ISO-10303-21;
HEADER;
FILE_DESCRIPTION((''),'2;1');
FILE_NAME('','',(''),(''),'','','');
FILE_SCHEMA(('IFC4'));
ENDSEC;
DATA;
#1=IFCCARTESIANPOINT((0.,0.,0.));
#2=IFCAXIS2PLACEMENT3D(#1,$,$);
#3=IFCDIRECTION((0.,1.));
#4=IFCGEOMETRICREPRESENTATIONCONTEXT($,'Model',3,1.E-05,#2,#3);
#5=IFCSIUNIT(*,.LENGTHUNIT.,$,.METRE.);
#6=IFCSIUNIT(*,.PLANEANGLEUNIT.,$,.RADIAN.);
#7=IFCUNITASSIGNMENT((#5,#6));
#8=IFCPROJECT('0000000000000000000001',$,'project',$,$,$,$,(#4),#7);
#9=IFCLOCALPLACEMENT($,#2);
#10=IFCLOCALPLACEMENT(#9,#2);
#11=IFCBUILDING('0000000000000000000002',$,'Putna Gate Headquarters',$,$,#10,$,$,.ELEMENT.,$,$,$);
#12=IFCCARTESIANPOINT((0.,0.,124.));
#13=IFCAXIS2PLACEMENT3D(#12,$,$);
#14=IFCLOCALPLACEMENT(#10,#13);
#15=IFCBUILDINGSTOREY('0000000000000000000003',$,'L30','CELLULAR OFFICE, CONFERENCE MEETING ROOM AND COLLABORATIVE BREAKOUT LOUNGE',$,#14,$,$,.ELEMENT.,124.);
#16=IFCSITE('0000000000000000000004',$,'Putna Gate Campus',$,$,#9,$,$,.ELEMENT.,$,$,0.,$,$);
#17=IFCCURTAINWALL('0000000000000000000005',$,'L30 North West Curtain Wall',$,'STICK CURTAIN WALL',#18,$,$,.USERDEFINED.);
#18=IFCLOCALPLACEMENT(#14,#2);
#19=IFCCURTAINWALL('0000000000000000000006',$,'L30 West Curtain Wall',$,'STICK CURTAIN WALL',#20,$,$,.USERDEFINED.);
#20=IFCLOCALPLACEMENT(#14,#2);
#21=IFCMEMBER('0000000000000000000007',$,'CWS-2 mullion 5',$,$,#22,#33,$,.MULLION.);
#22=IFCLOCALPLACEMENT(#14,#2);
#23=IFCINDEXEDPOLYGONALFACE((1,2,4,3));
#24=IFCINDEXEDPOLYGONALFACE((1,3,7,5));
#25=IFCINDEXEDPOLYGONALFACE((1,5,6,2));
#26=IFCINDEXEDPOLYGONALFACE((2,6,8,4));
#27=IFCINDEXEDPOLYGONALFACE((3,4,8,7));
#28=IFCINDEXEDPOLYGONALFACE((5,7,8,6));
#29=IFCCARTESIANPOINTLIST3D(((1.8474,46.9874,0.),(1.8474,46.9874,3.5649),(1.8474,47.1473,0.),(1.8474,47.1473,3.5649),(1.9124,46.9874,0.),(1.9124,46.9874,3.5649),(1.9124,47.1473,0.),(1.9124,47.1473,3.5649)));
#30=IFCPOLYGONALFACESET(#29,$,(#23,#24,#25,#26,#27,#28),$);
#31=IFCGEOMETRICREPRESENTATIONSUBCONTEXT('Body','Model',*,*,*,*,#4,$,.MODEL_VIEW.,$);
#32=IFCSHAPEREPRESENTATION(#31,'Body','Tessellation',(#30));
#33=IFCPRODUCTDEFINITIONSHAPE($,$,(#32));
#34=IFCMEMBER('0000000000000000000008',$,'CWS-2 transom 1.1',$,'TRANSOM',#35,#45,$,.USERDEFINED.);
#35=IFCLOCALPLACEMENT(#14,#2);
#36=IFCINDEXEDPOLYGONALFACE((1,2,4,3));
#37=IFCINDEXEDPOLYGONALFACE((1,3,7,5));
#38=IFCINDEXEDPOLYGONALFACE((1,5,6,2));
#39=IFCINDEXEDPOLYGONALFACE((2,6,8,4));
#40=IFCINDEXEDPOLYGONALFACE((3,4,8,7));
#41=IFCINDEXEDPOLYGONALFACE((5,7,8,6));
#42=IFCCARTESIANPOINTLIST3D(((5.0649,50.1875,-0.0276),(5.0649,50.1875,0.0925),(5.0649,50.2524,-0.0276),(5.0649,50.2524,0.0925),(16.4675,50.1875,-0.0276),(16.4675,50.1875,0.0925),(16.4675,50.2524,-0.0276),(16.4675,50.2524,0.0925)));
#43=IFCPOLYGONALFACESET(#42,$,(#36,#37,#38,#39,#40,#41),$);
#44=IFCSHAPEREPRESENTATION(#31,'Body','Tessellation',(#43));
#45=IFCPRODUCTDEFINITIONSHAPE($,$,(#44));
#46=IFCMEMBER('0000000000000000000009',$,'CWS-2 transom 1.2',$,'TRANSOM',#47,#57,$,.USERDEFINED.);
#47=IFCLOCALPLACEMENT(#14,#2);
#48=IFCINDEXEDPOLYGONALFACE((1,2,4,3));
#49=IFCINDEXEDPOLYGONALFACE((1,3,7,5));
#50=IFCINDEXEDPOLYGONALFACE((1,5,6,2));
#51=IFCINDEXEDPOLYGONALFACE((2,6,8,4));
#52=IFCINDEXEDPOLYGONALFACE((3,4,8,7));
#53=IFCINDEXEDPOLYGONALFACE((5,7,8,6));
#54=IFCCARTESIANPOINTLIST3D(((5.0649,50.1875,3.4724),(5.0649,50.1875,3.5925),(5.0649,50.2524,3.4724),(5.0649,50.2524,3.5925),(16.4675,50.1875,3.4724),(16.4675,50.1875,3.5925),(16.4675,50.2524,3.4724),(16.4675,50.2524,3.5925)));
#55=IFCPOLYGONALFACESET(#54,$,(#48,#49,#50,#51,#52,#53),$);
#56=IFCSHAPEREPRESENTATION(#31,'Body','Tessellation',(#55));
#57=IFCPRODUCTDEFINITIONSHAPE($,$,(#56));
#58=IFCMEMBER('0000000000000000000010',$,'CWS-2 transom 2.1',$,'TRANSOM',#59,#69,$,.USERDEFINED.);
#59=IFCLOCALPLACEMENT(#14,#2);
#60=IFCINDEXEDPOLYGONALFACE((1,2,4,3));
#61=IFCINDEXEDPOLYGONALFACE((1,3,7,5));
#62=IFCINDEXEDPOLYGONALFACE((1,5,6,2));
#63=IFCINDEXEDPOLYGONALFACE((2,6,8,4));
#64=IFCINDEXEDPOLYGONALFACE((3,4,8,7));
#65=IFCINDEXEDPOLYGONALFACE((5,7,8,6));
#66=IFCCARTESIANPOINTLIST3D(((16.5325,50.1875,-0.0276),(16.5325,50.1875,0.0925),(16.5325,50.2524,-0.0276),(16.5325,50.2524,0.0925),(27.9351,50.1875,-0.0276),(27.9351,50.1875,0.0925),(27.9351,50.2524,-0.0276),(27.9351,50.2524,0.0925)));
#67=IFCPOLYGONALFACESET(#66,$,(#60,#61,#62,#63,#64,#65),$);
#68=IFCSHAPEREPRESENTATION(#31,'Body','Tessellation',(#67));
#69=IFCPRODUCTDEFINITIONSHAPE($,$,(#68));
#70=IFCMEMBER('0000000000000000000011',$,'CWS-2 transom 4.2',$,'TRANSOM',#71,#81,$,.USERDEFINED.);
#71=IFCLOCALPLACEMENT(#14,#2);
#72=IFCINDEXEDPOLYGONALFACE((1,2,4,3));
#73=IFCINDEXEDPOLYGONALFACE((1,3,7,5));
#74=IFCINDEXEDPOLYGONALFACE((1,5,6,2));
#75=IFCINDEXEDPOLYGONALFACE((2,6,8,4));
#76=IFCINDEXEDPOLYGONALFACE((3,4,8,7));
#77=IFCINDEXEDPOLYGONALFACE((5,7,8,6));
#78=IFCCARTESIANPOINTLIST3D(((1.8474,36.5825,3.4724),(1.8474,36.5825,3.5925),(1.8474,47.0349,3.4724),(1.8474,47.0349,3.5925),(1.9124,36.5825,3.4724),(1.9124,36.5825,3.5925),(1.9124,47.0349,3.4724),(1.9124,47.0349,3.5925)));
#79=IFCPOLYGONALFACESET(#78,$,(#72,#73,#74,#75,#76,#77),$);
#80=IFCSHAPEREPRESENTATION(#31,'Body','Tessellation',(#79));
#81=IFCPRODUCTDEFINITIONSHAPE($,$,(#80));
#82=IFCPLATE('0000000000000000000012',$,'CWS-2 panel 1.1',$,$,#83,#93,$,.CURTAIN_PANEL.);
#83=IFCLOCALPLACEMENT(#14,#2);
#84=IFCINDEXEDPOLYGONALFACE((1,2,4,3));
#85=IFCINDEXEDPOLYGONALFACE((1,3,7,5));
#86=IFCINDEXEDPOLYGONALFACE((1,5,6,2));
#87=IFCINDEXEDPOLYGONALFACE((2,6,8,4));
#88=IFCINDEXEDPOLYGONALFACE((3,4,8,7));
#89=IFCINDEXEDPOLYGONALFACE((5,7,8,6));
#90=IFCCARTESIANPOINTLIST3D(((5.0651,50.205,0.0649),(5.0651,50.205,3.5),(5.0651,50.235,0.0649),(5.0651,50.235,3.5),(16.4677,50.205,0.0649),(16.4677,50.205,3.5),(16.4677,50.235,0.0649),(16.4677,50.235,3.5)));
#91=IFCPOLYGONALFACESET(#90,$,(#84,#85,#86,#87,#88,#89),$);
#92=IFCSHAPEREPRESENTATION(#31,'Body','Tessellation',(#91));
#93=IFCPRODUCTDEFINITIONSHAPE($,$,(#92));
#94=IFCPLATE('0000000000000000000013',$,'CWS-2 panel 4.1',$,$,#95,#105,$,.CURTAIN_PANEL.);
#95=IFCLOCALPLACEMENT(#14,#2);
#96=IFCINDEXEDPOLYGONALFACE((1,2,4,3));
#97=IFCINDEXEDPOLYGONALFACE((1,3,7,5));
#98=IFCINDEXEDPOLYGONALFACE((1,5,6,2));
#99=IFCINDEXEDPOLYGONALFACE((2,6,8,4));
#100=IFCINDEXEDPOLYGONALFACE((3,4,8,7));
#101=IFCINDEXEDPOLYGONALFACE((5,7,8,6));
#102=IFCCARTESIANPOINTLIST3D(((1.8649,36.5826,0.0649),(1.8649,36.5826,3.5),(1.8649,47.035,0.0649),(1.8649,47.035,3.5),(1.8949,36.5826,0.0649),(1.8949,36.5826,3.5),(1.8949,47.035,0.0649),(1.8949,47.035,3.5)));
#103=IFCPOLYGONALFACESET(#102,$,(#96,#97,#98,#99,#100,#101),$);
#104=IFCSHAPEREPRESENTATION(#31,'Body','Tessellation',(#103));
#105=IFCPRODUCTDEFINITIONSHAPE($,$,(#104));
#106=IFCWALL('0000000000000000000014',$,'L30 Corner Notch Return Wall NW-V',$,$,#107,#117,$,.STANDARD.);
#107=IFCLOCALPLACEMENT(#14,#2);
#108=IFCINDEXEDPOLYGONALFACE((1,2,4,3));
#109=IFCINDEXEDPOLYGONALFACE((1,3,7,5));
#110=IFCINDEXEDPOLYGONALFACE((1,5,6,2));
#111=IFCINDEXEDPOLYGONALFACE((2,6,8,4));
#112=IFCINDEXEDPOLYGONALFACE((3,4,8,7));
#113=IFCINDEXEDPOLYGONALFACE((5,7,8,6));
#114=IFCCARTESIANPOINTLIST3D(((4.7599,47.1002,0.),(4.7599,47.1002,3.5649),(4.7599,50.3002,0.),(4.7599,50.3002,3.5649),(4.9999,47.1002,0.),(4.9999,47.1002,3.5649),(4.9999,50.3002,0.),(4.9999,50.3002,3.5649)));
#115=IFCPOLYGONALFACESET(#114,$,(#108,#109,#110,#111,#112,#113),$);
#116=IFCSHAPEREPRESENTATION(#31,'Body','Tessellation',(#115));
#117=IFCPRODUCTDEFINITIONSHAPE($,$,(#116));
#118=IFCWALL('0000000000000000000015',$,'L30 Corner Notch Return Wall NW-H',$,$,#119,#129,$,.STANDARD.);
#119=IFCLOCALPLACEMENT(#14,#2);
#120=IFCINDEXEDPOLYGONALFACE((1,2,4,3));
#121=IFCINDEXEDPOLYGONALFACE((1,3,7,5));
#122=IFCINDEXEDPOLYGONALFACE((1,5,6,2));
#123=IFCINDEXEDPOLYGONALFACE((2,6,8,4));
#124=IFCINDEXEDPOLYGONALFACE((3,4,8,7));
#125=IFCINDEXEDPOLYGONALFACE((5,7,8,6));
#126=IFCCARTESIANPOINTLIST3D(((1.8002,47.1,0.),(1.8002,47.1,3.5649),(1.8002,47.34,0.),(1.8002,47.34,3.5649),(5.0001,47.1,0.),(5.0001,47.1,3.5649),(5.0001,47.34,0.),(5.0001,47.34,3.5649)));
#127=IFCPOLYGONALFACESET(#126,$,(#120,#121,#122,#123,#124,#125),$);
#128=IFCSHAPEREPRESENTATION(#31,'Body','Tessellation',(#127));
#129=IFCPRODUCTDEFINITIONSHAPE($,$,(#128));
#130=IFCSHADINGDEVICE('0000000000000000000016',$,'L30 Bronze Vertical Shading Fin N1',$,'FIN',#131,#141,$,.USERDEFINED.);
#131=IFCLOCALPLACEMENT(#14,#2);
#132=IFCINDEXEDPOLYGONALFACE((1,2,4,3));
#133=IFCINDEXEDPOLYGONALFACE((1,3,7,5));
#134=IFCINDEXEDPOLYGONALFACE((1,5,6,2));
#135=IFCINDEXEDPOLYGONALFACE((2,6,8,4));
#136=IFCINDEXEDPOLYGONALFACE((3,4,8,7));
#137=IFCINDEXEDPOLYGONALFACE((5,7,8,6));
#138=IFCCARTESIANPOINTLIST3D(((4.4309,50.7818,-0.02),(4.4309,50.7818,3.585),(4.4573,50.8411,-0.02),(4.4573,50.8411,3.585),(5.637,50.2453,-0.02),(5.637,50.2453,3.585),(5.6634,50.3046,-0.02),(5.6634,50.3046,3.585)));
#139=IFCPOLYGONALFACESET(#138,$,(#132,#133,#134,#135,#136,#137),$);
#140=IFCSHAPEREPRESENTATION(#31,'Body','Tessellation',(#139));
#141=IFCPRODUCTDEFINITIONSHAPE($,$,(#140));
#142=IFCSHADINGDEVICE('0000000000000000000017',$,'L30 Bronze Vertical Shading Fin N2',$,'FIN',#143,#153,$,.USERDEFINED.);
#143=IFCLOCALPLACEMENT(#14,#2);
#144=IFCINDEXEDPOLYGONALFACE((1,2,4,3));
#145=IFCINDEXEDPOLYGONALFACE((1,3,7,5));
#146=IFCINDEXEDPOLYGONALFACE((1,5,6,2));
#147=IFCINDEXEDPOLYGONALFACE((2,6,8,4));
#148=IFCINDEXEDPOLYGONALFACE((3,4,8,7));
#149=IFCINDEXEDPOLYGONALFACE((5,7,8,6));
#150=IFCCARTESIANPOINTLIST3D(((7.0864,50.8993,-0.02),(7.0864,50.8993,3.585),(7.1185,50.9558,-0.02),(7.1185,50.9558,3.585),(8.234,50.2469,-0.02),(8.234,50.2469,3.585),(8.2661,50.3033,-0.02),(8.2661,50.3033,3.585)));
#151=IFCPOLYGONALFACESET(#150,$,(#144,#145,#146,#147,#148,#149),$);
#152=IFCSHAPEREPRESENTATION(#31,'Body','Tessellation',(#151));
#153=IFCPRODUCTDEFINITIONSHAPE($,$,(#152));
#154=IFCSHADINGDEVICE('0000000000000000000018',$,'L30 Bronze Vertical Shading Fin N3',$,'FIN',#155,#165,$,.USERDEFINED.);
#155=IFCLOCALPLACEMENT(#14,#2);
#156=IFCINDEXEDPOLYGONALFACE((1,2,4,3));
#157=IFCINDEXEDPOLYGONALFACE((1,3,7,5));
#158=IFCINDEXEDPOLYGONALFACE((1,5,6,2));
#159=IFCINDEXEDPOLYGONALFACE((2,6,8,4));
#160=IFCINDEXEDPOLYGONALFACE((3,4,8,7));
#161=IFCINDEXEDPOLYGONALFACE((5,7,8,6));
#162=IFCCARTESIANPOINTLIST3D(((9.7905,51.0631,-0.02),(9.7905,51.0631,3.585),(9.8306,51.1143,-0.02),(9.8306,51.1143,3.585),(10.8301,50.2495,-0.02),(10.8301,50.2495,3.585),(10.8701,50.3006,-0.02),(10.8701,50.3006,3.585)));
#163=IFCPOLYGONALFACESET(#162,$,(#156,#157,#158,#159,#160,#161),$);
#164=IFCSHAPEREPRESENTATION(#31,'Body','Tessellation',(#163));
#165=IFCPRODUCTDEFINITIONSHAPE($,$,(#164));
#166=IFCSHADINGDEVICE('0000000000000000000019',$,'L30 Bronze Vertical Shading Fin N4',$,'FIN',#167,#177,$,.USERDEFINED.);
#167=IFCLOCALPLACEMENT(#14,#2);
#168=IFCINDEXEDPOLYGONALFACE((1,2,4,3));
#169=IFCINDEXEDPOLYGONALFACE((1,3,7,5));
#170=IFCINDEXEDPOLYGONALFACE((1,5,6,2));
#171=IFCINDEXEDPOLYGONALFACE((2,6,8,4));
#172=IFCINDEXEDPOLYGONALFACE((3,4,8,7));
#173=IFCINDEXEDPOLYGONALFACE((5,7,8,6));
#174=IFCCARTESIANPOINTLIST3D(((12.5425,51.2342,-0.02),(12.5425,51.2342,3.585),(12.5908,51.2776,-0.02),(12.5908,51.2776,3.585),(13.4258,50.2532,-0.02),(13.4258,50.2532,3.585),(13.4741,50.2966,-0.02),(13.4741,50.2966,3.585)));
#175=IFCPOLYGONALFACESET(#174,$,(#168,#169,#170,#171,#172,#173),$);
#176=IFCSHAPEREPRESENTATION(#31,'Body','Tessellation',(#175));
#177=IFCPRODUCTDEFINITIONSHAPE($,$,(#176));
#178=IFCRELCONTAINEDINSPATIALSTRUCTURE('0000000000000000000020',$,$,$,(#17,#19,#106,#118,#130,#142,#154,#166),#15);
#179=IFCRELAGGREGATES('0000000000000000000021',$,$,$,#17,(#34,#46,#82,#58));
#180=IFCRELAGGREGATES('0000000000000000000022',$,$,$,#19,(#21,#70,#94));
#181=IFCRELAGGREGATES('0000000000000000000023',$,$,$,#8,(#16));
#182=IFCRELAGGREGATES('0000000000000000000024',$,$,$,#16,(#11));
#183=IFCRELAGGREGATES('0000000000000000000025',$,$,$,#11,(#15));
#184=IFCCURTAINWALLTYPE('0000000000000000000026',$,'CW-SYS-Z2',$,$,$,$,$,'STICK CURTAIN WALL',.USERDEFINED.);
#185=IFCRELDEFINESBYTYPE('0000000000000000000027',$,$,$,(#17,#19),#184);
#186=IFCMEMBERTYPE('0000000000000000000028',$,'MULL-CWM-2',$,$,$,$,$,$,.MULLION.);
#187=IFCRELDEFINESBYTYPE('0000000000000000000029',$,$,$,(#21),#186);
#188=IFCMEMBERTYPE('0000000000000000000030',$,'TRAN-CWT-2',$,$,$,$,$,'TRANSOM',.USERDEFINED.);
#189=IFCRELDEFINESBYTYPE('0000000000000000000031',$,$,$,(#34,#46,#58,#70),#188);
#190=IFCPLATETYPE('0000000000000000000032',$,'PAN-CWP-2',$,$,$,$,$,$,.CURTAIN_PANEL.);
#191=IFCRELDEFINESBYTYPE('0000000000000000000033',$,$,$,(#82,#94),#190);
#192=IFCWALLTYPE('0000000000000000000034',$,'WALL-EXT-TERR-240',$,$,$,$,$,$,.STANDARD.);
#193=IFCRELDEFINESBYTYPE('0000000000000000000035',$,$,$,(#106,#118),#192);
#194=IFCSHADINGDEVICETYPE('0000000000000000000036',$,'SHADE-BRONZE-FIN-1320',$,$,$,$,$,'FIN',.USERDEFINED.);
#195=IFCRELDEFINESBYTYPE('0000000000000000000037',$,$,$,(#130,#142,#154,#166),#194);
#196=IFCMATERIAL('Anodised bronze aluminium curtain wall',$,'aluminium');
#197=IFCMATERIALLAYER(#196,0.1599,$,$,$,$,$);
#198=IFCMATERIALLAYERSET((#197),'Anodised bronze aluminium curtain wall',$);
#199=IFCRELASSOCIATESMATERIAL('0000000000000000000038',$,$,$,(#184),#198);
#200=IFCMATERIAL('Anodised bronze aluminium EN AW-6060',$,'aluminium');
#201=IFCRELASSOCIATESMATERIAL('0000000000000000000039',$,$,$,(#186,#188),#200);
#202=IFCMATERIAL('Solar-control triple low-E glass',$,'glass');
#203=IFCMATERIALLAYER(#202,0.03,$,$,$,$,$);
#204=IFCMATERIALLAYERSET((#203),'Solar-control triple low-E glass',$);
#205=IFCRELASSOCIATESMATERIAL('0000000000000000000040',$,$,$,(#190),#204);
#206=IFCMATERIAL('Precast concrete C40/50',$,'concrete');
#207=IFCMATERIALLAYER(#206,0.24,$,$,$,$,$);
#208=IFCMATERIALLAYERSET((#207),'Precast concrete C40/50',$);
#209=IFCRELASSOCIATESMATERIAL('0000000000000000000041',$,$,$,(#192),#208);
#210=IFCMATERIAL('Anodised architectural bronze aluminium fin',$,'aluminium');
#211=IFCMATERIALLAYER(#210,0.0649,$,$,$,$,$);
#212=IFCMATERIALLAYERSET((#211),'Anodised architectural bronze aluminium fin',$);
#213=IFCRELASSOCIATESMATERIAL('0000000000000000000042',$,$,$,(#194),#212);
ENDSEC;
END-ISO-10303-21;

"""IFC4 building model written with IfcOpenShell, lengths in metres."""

from ifc_helpers import new_model, si_unit, direction, frame, frame_2d, origin, origin_2d, place, context, subcontext, project, spatial, rectangle, extrude, material, layer, layer_set, material_profile, profile_set, type_object, element, aggregate, save


model = new_model("IFC4")

# Units and contexts
model_context = context("Model", 3, precision=1e-05, world=origin(), true_north=direction((0.0, 1.0)))
body_context = subcontext(model_context, "Body", "Model", "MODEL_VIEW")
ifc_project = project(units=[si_unit("LENGTHUNIT", "METRE"), si_unit("PLANEANGLEUNIT", "RADIAN")], contexts=[model_context])

# Site, building, storey
site_placement = place(None, origin())
site = spatial("IfcSite", under=ifc_project, at=site_placement, Name="Putna Gate Campus", CompositionType="ELEMENT", RefElevation=0.0)
building_placement = place(site_placement, origin())
building = spatial("IfcBuilding", under=site, at=building_placement, Name="Putna Gate Headquarters", CompositionType="ELEMENT")
storey_placement = place(building_placement, frame((0.0, 0.0, 124.0)))
storey = spatial("IfcBuildingStorey", under=building, at=storey_placement, Name="L30", Description="CELLULAR OFFICE, CONFERENCE MEETING ROOM AND COLLABORATIVE BREAKOUT LOUNGE", CompositionType="ELEMENT", Elevation=124.0)

# Curtain wall
ifc_material_1 = material(Name="Anodised bronze aluminium curtain wall", Category="aluminium")
ifc_layer_1 = layer(ifc_material_1, 0.1599)
ifc_layer_set_1 = layer_set([ifc_layer_1], Name="Anodised bronze aluminium curtain wall")
curtain_wall_type = type_object("IfcCurtainWallType", Name="CW-SYS-Z2", ElementType="STICK CURTAIN WALL", PredefinedType="USERDEFINED", material=ifc_layer_set_1)
curtain_wall_1_placement = place(storey_placement, origin())
curtain_wall_1 = element("IfcCurtainWall", 1, at=curtain_wall_1_placement, inside=storey, type_object=curtain_wall_type, Name="L30 North West Curtain Wall", ObjectType="STICK CURTAIN WALL", PredefinedType="USERDEFINED")
ifc_material_2 = material(Name="Anodised bronze aluminium EN AW-6060", Category="aluminium")
ifc_material_profile_1 = material_profile(ifc_material_2, rectangle(XDim=0.0649, YDim=0.1599, at=origin_2d()), Name="Anodised bronze aluminium EN AW-6060")
ifc_profile_set_1 = profile_set([ifc_material_profile_1], Name="Anodised bronze aluminium EN AW-6060")
member_type_1 = type_object("IfcMemberType", Name="MULL-CWM-2", PredefinedType="MULLION", material=ifc_profile_set_1)

# Curtain wall, member
curtain_wall_2_placement = place(storey_placement, origin())
curtain_wall_2 = element("IfcCurtainWall", 2, at=curtain_wall_2_placement, inside=storey, type_object=curtain_wall_type, Name="L30 West Curtain Wall", ObjectType="STICK CURTAIN WALL", PredefinedType="USERDEFINED")
member_1_placement = place(storey_placement, frame((1.8799, 47.0674, 0.0), z_axis=(0.0, 0.0, 1.0), x_axis=(-1.0, 0.0, 0.0)))
member_1 = element("IfcMember", 3, at=member_1_placement, type_object=member_type_1, Name="CWS-2 mullion 5", PredefinedType="MULLION", context=body_context, shape_type="SweptSolid", body=[
    extrude(rectangle(XDim=0.0649, YDim=0.1599, at=origin_2d()), origin(), (0.0, 0.0, 1.0), 3.5649),
])

# Members
ifc_material_profile_2 = material_profile(ifc_material_2, rectangle(XDim=0.0649, YDim=0.1201, at=origin_2d()), Name="Anodised bronze aluminium EN AW-6060")
ifc_profile_set_2 = profile_set([ifc_material_profile_2], Name="Anodised bronze aluminium EN AW-6060")
member_type_2 = type_object("IfcMemberType", Name="TRAN-CWT-2", ElementType="TRANSOM", PredefinedType="USERDEFINED", material=ifc_profile_set_2)
member_2_placement = place(storey_placement, frame((5.0649, 50.22, 0.0325), z_axis=(1.0, 0.0, 0.0), x_axis=(0.0, 1.0, 0.0)))
member_2 = element("IfcMember", 4, at=member_2_placement, type_object=member_type_2, Name="CWS-2 transom 1.1", ObjectType="TRANSOM", PredefinedType="USERDEFINED", context=body_context, shape_type="SweptSolid", body=[
    extrude(rectangle(XDim=0.0649, YDim=0.1201, at=origin_2d()), origin(), (0.0, 0.0, 1.0), 11.4026),
])
member_3_placement = place(storey_placement, frame((5.0649, 50.22, 3.5325), z_axis=(1.0, 0.0, 0.0), x_axis=(0.0, 1.0, 0.0)))
member_3 = element("IfcMember", 5, at=member_3_placement, type_object=member_type_2, Name="CWS-2 transom 1.2", ObjectType="TRANSOM", PredefinedType="USERDEFINED", context=body_context, shape_type="SweptSolid", body=[
    extrude(rectangle(XDim=0.0649, YDim=0.1201, at=origin_2d()), origin(), (0.0, 0.0, 1.0), 11.4026),
])
member_4_placement = place(storey_placement, frame((16.5325, 50.22, 0.0325), z_axis=(1.0, 0.0, 0.0), x_axis=(0.0, 1.0, 0.0)))
member_4 = element("IfcMember", 6, at=member_4_placement, type_object=member_type_2, Name="CWS-2 transom 2.1", ObjectType="TRANSOM", PredefinedType="USERDEFINED", context=body_context, shape_type="SweptSolid", body=[
    extrude(rectangle(XDim=0.0649, YDim=0.1201, at=origin_2d()), origin(), (0.0, 0.0, 1.0), 11.4026),
])
member_5_placement = place(storey_placement, frame((1.8799, 36.5825, 3.5325), z_axis=(0.0, 1.0, 0.0), x_axis=(-1.0, 0.0, 0.0)))
member_5 = element("IfcMember", 7, at=member_5_placement, type_object=member_type_2, Name="CWS-2 transom 4.2", ObjectType="TRANSOM", PredefinedType="USERDEFINED", context=body_context, shape_type="SweptSolid", body=[
    extrude(rectangle(XDim=0.0649, YDim=0.1201, at=origin_2d()), origin(), (0.0, 0.0, 1.0), 10.4524),
])

# Plates
ifc_material_3 = material(Name="Solar-control triple low-E glass", Category="glass")
ifc_layer_2 = layer(ifc_material_3, 0.03)
ifc_layer_set_2 = layer_set([ifc_layer_2], Name="Solar-control triple low-E glass")
plate_type = type_object("IfcPlateType", Name="PAN-CWP-2", PredefinedType="CURTAIN_PANEL", material=ifc_layer_set_2)
plate_1_placement = place(storey_placement, frame((10.7664, 50.22, 0.0649), z_axis=(0.0, 0.0, 1.0), x_axis=(1.0, 0.0, 0.0)))
plate_1 = element("IfcPlate", 8, at=plate_1_placement, type_object=plate_type, Name="CWS-2 panel 1.1", PredefinedType="CURTAIN_PANEL", context=body_context, shape_type="SweptSolid", body=[
    extrude(rectangle(XDim=11.4026, YDim=0.03, at=origin_2d()), origin(), (0.0, 0.0, 1.0), 3.4351),
])
aggregate(curtain_wall_1, [member_2, member_3, plate_1, member_4])
plate_2_placement = place(storey_placement, frame((1.8799, 41.8088, 0.0649), z_axis=(0.0, 0.0, 1.0), x_axis=(0.0, 1.0, 0.0)))
plate_2 = element("IfcPlate", 9, at=plate_2_placement, type_object=plate_type, Name="CWS-2 panel 4.1", PredefinedType="CURTAIN_PANEL", context=body_context, shape_type="SweptSolid", body=[
    extrude(rectangle(XDim=10.4524, YDim=0.03, at=origin_2d()), origin(), (0.0, 0.0, 1.0), 3.4351),
])
aggregate(curtain_wall_2, [member_1, member_5, plate_2])

# Walls
ifc_material_4 = material(Name="Precast concrete C40/50", Category="concrete")
ifc_layer_3 = layer(ifc_material_4, 0.24)
ifc_layer_set_3 = layer_set([ifc_layer_3], Name="Precast concrete C40/50")
wall_type = type_object("IfcWallType", Name="WALL-EXT-TERR-240", PredefinedType="STANDARD", material=ifc_layer_set_3)
for number, where, z_axis, x_axis, name in (
    (10, (4.8799, 47.1001, 0.0), (0.0, 0.0, 1.0), (0.0, 1.0, 0.0), "L30 Corner Notch Return Wall NW-V"),
    (11, (1.8, 47.22, 0.0), (0.0, 0.0, 1.0), (1.0, 0.0, 0.0), "L30 Corner Notch Return Wall NW-H"),
):
    element("IfcWall", number, at=place(storey_placement, frame(where, z_axis=z_axis, x_axis=x_axis)), inside=storey, type_object=wall_type, Name=name, PredefinedType="STANDARD", context=body_context, shape_type="SweptSolid", body=[
        extrude(rectangle(XDim=3.2, YDim=0.24, at=frame_2d((1.6001, 0.0))), origin(), (0.0, 0.0, 1.0), 3.5649),
    ])

# Shading devices
ifc_material_5 = material(Name="Anodised architectural bronze aluminium fin", Category="aluminium")
ifc_layer_4 = layer(ifc_material_5, 0.0649)
ifc_layer_set_4 = layer_set([ifc_layer_4], Name="Anodised architectural bronze aluminium fin")
shading_device_type = type_object("IfcShadingDeviceType", Name="SHADE-BRONZE-FIN-1320", ElementType="FIN", PredefinedType="USERDEFINED", material=ifc_layer_set_4)
for number, where, z_axis, x_axis, name in (
    (12, (5.0471, 50.5432, -0.02), (0.0, 0.0, 1.0), (-0.913687, 0.406418, 0.0), "L30 Bronze Vertical Shading Fin N1"),
    (13, (7.6763, 50.6013, -0.02), (0.0, 0.0, 1.0), (-0.869322, 0.494245, 0.0), "L30 Bronze Vertical Shading Fin N2"),
    (14, (10.3303, 50.6819, -0.02), (0.0, 0.0, 1.0), (-0.787473, 0.616349, 0.0), "L30 Bronze Vertical Shading Fin N3"),
    (15, (13.0083, 50.7654, -0.02), (0.0, 0.0, 1.0), (-0.669131, 0.743145, 0.0), "L30 Bronze Vertical Shading Fin N4"),
):
    element("IfcShadingDevice", number, at=place(storey_placement, frame(where, z_axis=z_axis, x_axis=x_axis)), inside=storey, type_object=shading_device_type, Name=name, ObjectType="FIN", PredefinedType="USERDEFINED", context=body_context, shape_type="SweptSolid", body=[
        extrude(rectangle(XDim=1.3201, YDim=0.0649, at=origin_2d()), origin(), (0.0, 0.0, 1.0), 3.605),
    ])

save(model, "model.ifc")
